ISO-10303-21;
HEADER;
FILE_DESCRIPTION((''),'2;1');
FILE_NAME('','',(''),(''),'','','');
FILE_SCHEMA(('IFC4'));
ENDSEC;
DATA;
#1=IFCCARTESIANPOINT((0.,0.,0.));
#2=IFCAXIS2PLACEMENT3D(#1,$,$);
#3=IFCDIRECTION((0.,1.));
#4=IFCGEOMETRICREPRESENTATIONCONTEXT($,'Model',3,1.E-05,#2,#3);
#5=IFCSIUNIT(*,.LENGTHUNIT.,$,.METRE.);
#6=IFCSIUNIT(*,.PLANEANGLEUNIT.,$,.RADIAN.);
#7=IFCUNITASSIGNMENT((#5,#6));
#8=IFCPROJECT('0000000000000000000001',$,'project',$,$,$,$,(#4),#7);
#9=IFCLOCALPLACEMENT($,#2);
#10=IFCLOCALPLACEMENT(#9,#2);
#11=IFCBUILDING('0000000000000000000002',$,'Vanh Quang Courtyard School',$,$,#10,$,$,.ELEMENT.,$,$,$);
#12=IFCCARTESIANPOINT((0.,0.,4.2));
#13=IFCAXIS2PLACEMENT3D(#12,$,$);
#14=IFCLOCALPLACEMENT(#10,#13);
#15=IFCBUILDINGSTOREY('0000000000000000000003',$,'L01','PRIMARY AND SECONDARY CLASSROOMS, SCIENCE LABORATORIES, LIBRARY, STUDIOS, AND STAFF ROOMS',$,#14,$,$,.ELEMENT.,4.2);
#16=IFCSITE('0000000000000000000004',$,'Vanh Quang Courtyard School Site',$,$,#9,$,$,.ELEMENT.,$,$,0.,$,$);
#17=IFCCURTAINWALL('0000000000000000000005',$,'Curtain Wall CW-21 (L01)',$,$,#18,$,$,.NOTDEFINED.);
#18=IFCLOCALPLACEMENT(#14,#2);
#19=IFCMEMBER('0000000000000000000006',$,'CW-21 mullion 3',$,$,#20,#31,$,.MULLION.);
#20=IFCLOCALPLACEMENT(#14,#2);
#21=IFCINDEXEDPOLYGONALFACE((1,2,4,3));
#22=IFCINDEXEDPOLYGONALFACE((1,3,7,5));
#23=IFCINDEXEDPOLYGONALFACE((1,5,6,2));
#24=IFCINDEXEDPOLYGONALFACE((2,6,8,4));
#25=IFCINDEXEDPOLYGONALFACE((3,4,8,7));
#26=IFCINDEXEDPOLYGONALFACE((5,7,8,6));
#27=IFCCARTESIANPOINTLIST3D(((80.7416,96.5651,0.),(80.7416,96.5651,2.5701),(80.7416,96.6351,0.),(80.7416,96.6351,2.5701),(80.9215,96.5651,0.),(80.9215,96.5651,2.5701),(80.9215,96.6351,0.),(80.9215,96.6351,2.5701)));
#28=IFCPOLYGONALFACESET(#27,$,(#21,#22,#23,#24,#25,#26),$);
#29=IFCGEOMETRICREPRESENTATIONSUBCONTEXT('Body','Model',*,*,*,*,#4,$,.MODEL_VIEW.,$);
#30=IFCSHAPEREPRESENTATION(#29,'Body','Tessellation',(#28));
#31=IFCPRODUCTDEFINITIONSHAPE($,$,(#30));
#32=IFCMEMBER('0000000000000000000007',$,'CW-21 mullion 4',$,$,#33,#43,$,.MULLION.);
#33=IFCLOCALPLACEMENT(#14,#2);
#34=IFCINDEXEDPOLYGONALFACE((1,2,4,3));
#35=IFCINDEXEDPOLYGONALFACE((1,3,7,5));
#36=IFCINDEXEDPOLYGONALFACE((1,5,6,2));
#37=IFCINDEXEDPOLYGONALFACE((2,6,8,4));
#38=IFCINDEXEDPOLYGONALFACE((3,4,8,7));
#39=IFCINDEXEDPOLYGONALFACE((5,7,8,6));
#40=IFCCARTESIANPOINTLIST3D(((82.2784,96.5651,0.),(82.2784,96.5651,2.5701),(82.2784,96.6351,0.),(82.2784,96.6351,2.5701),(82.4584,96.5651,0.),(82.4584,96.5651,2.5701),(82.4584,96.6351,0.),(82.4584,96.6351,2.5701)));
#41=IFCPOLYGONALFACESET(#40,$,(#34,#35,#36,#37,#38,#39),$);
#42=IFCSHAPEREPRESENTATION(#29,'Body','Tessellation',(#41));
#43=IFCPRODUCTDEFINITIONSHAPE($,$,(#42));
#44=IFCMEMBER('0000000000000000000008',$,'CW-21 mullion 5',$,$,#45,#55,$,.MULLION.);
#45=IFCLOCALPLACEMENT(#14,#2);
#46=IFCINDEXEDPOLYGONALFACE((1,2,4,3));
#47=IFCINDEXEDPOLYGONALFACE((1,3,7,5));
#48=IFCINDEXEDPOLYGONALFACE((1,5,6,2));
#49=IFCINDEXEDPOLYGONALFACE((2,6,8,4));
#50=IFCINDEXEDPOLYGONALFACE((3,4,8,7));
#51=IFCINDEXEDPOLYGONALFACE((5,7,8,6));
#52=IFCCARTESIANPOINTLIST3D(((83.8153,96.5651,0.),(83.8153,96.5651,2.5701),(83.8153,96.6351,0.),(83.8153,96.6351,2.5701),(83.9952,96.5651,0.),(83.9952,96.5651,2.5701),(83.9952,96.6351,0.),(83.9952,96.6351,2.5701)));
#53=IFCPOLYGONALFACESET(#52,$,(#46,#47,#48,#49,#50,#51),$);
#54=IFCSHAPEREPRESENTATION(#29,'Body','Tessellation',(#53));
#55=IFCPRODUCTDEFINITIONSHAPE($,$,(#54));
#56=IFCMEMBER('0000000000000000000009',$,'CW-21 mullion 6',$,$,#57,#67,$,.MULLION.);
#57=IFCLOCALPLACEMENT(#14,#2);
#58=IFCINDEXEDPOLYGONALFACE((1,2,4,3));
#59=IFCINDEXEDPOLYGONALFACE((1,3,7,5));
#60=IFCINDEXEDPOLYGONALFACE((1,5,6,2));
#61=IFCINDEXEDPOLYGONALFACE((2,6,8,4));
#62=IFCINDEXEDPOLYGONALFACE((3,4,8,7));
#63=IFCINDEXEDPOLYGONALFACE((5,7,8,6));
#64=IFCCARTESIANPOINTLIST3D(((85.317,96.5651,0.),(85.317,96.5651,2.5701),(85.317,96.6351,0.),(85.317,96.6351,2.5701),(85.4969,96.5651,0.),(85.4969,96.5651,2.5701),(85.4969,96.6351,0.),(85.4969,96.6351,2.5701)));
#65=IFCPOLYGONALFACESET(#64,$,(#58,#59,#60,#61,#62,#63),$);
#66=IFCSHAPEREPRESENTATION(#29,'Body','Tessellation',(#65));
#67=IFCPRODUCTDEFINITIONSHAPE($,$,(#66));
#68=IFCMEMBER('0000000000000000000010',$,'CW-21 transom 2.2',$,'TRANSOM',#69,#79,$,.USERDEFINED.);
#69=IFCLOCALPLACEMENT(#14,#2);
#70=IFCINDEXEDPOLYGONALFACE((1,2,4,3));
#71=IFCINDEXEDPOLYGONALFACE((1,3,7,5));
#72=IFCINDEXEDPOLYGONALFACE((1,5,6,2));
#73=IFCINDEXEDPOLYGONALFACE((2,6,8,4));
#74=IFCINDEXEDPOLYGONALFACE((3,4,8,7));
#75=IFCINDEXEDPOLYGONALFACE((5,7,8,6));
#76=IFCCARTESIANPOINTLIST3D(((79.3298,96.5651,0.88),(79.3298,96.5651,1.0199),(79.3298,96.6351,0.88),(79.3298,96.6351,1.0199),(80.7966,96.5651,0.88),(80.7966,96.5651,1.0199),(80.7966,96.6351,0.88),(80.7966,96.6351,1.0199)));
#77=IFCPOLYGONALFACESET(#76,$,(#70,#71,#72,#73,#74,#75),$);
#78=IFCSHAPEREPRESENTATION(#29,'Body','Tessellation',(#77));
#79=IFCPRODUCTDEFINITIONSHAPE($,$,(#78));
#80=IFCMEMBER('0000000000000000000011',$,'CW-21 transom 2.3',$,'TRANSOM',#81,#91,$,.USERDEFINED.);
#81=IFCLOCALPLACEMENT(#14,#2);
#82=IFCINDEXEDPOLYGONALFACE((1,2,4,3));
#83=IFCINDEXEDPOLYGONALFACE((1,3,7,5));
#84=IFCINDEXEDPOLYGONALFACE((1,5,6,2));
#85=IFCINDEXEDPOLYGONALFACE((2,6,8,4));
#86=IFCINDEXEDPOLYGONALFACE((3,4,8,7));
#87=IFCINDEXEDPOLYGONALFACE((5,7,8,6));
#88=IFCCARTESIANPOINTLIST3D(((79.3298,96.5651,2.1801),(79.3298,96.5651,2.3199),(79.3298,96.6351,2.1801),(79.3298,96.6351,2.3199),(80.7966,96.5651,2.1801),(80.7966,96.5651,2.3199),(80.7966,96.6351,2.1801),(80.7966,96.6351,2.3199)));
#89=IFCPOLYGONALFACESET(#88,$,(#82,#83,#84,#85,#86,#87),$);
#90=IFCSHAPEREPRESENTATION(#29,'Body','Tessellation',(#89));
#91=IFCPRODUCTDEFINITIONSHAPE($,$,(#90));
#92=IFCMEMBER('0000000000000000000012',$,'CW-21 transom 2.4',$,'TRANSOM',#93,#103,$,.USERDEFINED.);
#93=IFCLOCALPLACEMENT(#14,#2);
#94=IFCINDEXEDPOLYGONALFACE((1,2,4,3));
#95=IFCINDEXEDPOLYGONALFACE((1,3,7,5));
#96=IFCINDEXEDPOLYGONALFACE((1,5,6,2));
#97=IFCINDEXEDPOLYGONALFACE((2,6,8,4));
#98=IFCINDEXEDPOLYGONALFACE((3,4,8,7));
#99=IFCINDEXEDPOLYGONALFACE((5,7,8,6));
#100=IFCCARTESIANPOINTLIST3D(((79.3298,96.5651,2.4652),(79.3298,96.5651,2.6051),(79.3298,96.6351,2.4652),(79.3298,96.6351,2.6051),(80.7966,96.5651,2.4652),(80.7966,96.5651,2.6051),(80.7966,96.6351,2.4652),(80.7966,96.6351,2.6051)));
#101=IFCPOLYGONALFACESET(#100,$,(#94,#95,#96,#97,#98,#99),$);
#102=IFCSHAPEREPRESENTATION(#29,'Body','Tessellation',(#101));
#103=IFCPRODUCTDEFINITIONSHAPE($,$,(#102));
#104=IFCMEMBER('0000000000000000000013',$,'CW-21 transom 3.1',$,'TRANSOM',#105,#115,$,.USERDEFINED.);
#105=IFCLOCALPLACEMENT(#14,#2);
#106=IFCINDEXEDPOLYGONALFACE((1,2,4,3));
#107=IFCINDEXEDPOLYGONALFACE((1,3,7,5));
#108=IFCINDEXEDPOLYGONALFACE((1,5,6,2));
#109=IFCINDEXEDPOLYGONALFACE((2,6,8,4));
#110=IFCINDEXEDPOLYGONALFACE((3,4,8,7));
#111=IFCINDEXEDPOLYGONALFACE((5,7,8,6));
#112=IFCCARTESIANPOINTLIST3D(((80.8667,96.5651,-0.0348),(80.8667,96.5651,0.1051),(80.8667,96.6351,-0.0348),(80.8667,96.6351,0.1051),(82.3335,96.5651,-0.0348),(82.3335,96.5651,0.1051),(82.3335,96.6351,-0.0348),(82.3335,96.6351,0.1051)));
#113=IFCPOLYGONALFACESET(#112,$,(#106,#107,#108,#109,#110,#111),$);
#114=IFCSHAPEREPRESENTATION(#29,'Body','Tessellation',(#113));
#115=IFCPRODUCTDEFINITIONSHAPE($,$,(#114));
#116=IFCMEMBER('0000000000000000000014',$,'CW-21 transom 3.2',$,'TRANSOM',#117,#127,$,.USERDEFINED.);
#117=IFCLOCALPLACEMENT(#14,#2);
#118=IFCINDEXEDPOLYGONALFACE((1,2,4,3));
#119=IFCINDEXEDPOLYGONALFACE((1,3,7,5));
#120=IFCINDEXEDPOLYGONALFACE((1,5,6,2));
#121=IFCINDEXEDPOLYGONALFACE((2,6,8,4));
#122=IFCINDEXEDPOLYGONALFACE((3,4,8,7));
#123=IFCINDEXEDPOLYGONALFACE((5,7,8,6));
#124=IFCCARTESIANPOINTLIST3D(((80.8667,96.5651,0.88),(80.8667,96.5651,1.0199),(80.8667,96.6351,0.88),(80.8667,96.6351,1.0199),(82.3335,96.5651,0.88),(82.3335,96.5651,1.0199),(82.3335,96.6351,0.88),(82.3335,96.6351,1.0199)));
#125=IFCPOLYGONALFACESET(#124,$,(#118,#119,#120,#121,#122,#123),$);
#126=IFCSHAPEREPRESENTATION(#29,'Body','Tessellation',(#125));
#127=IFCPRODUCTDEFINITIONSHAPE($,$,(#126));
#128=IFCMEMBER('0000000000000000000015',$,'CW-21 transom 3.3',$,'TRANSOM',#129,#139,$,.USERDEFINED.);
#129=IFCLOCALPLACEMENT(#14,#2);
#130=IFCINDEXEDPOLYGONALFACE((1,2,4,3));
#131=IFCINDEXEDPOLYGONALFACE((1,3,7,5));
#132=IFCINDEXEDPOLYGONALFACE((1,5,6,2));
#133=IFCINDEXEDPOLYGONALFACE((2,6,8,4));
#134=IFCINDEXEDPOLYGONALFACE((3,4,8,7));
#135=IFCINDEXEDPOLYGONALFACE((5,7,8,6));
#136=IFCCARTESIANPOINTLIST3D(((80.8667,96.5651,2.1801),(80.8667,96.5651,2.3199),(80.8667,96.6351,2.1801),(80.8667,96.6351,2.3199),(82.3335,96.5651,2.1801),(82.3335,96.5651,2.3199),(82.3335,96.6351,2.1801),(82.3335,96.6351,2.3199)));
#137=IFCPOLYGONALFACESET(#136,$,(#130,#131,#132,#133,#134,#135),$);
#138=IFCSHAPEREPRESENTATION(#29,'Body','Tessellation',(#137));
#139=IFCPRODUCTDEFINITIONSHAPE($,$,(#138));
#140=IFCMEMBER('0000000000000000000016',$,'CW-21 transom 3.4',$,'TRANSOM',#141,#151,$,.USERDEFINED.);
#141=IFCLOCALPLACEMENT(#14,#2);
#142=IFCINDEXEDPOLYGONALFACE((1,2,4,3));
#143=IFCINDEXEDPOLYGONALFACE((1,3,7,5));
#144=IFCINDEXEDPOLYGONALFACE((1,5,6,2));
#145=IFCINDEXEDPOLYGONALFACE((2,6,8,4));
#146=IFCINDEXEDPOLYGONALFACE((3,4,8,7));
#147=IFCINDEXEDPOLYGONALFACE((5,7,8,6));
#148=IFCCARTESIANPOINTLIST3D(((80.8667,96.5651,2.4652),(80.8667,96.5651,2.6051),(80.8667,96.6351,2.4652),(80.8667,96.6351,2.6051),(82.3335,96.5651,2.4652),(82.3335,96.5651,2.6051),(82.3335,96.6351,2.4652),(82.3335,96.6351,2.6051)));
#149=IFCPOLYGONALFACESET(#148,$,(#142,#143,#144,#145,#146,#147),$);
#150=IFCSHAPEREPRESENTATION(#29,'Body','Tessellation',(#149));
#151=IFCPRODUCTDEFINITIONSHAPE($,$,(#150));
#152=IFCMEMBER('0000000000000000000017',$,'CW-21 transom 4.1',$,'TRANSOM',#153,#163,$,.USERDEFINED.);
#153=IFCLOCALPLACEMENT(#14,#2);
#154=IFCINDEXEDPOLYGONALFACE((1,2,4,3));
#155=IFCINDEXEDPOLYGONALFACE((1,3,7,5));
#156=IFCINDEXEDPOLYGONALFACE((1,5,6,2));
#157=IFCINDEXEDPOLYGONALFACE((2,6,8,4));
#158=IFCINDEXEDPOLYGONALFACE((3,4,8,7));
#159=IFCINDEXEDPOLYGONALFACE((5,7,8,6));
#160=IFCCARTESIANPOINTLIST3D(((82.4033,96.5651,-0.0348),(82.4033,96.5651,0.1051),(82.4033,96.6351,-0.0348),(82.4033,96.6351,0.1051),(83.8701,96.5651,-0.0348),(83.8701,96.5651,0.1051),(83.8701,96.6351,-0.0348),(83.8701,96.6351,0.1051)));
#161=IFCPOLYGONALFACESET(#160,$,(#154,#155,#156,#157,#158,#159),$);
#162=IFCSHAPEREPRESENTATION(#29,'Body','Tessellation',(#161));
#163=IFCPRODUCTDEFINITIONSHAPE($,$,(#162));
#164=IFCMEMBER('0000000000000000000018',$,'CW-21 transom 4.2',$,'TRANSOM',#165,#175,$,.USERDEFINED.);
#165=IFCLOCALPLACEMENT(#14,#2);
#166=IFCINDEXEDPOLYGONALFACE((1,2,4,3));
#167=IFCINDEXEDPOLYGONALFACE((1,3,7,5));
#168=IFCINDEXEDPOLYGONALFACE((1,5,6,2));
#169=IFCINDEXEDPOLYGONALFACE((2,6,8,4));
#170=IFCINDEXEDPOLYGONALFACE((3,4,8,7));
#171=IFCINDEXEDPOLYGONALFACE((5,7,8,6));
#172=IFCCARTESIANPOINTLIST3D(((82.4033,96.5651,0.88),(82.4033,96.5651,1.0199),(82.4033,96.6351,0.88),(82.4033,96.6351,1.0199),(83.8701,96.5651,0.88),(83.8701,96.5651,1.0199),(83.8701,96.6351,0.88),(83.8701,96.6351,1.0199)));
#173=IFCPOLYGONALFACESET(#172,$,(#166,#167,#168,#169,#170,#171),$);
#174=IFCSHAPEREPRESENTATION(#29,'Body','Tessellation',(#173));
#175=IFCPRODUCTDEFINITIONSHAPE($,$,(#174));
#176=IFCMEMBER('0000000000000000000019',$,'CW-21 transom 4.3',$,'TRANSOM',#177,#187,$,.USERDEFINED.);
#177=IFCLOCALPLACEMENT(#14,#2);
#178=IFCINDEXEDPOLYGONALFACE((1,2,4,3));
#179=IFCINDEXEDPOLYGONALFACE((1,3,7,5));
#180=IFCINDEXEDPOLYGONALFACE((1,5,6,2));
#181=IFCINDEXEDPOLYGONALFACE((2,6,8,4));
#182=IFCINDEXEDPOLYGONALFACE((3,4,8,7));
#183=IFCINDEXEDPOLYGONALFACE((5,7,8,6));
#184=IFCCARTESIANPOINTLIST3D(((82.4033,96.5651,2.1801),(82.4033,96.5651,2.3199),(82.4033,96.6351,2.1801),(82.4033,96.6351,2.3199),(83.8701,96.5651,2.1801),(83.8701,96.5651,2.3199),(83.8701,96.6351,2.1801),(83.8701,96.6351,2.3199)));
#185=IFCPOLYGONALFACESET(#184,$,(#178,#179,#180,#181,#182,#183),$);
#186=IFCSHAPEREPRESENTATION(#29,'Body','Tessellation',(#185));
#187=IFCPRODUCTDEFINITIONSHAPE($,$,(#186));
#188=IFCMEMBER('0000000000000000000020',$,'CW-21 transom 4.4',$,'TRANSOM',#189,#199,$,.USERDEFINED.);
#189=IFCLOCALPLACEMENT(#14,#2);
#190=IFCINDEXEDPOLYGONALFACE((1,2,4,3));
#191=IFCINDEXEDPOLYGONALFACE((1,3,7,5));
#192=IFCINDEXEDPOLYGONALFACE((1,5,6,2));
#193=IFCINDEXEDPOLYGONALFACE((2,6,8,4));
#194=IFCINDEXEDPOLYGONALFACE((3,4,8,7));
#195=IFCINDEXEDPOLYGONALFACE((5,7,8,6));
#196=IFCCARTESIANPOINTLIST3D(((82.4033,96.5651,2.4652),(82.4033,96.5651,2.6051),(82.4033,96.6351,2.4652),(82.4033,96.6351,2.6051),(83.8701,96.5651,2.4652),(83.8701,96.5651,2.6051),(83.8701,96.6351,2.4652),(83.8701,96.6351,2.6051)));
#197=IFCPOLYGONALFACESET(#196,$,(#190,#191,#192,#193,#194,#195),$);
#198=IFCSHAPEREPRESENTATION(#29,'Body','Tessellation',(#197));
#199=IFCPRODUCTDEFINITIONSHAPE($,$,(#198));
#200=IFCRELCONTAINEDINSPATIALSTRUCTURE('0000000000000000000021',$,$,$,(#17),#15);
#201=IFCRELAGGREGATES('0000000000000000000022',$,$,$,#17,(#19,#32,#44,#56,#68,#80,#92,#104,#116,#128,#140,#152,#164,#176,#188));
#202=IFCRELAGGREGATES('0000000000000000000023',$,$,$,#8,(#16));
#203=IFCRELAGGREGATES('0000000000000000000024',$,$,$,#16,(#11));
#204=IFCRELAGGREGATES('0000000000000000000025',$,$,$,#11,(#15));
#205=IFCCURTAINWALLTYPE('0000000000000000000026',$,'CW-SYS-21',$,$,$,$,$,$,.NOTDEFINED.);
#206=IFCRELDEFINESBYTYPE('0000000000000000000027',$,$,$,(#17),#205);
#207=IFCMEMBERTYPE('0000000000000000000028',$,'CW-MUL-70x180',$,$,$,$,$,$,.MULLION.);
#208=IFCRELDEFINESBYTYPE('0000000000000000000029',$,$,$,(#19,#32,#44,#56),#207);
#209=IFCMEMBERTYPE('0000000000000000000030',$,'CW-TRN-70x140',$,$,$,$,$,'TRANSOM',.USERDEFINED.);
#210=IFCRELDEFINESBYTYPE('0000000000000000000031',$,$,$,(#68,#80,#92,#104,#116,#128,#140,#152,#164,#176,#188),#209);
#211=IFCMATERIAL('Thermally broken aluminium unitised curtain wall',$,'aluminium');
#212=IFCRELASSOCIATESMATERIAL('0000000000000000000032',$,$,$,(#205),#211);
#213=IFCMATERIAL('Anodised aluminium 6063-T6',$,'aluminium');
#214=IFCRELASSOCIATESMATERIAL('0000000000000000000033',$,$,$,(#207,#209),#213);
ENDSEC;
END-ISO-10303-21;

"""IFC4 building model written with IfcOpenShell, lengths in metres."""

from ifc_helpers import new_model, si_unit, direction, frame, origin, origin_2d, place, context, subcontext, project, spatial, rectangle, extrude, material, material_profile, profile_set, type_object, element, aggregate, save


model = new_model("IFC4")

# Units and contexts
model_context = context("Model", 3, precision=1e-05, world=origin(), true_north=direction((0.0, 1.0)))
body_context = subcontext(model_context, "Body", "Model", "MODEL_VIEW")
ifc_project = project(units=[si_unit("LENGTHUNIT", "METRE"), si_unit("PLANEANGLEUNIT", "RADIAN")], contexts=[model_context])

# Site, building, storey
site_placement = place(None, origin())
site = spatial("IfcSite", under=ifc_project, at=site_placement, Name="Vanh Quang Courtyard School Site", CompositionType="ELEMENT", RefElevation=0.0)
building_placement = place(site_placement, origin())
building = spatial("IfcBuilding", under=site, at=building_placement, Name="Vanh Quang Courtyard School", CompositionType="ELEMENT")
storey_placement = place(building_placement, frame((0.0, 0.0, 4.2)))
storey = spatial("IfcBuildingStorey", under=building, at=storey_placement, Name="L01", Description="PRIMARY AND SECONDARY CLASSROOMS, SCIENCE LABORATORIES, LIBRARY, STUDIOS, AND STAFF ROOMS", CompositionType="ELEMENT", Elevation=4.2)

# Curtain wall, members
ifc_material_1 = material(Name="Thermally broken aluminium unitised curtain wall", Category="aluminium")
curtain_wall_type = type_object("IfcCurtainWallType", Name="CW-SYS-21", PredefinedType="NOTDEFINED", material=ifc_material_1)
curtain_wall_placement = place(storey_placement, origin())
curtain_wall = element("IfcCurtainWall", 1, at=curtain_wall_placement, inside=storey, type_object=curtain_wall_type, Name="Curtain Wall CW-21 (L01)", PredefinedType="NOTDEFINED")
ifc_material_2 = material(Name="Anodised aluminium 6063-T6", Category="aluminium")
ifc_material_profile_1 = material_profile(ifc_material_2, rectangle(XDim=0.0701, YDim=0.1799, at=origin_2d()), Name="ALU-MUL 70x180")
ifc_profile_set_1 = profile_set([ifc_material_profile_1], Name="Anodised aluminium 6063-T6")
member_type_1 = type_object("IfcMemberType", Name="CW-MUL-70x180", PredefinedType="MULLION", material=ifc_profile_set_1)
member_1_placement = place(storey_placement, frame((80.8315, 96.6001, 0.0), z_axis=(0.0, 0.0, 1.0), x_axis=(0.0, 1.0, 0.0)))
member_1 = element("IfcMember", 2, at=member_1_placement, type_object=member_type_1, Name="CW-21 mullion 3", PredefinedType="MULLION", context=body_context, shape_type="SweptSolid", body=[
    extrude(rectangle(XDim=0.0701, YDim=0.1799, at=origin_2d()), origin(), (0.0, 0.0, 1.0), 2.5701),
])
member_2_placement = place(storey_placement, frame((82.3684, 96.6001, 0.0), z_axis=(0.0, 0.0, 1.0), x_axis=(0.0, 1.0, 0.0)))
member_2 = element("IfcMember", 3, at=member_2_placement, type_object=member_type_1, Name="CW-21 mullion 4", PredefinedType="MULLION", context=body_context, shape_type="SweptSolid", body=[
    extrude(rectangle(XDim=0.0701, YDim=0.1799, at=origin_2d()), origin(), (0.0, 0.0, 1.0), 2.5701),
])
member_3_placement = place(storey_placement, frame((83.9053, 96.6001, 0.0), z_axis=(0.0, 0.0, 1.0), x_axis=(0.0, 1.0, 0.0)))
member_3 = element("IfcMember", 4, at=member_3_placement, type_object=member_type_1, Name="CW-21 mullion 5", PredefinedType="MULLION", context=body_context, shape_type="SweptSolid", body=[
    extrude(rectangle(XDim=0.0701, YDim=0.1799, at=origin_2d()), origin(), (0.0, 0.0, 1.0), 2.5701),
])
member_4_placement = place(storey_placement, frame((85.407, 96.6001, 0.0), z_axis=(0.0, 0.0, 1.0), x_axis=(0.0, 1.0, 0.0)))
member_4 = element("IfcMember", 5, at=member_4_placement, type_object=member_type_1, Name="CW-21 mullion 6", PredefinedType="MULLION", context=body_context, shape_type="SweptSolid", body=[
    extrude(rectangle(XDim=0.0701, YDim=0.1799, at=origin_2d()), origin(), (0.0, 0.0, 1.0), 2.5701),
])
ifc_material_profile_2 = material_profile(ifc_material_2, rectangle(XDim=0.0701, YDim=0.1399, at=origin_2d()), Name="ALU-TRN 70x140")
ifc_profile_set_2 = profile_set([ifc_material_profile_2], Name="Anodised aluminium 6063-T6")
member_type_2 = type_object("IfcMemberType", Name="CW-TRN-70x140", ElementType="TRANSOM", PredefinedType="USERDEFINED", material=ifc_profile_set_2)
member_5_placement = place(storey_placement, frame((79.3298, 96.6001, 0.95), z_axis=(1.0, 0.0, 0.0), x_axis=(0.0, 1.0, 0.0)))
member_5 = element("IfcMember", 6, at=member_5_placement, type_object=member_type_2, Name="CW-21 transom 2.2", ObjectType="TRANSOM", PredefinedType="USERDEFINED", context=body_context, shape_type="SweptSolid", body=[
    extrude(rectangle(XDim=0.0701, YDim=0.1399, at=origin_2d()), origin(), (0.0, 0.0, 1.0), 1.4668),
])
member_6_placement = place(storey_placement, frame((79.3298, 96.6001, 2.25), z_axis=(1.0, 0.0, 0.0), x_axis=(0.0, 1.0, 0.0)))
member_6 = element("IfcMember", 7, at=member_6_placement, type_object=member_type_2, Name="CW-21 transom 2.3", ObjectType="TRANSOM", PredefinedType="USERDEFINED", context=body_context, shape_type="SweptSolid", body=[
    extrude(rectangle(XDim=0.0701, YDim=0.1399, at=origin_2d()), origin(), (0.0, 0.0, 1.0), 1.4668),
])
member_7_placement = place(storey_placement, frame((79.3298, 96.6001, 2.5352), z_axis=(1.0, 0.0, 0.0), x_axis=(0.0, 1.0, 0.0)))
member_7 = element("IfcMember", 8, at=member_7_placement, type_object=member_type_2, Name="CW-21 transom 2.4", ObjectType="TRANSOM", PredefinedType="USERDEFINED", context=body_context, shape_type="SweptSolid", body=[
    extrude(rectangle(XDim=0.0701, YDim=0.1399, at=origin_2d()), origin(), (0.0, 0.0, 1.0), 1.4668),
])
member_8_placement = place(storey_placement, frame((80.8667, 96.6001, 0.0352), z_axis=(1.0, 0.0, 0.0), x_axis=(0.0, 1.0, 0.0)))
member_8 = element("IfcMember", 9, at=member_8_placement, type_object=member_type_2, Name="CW-21 transom 3.1", ObjectType="TRANSOM", PredefinedType="USERDEFINED", context=body_context, shape_type="SweptSolid", body=[
    extrude(rectangle(XDim=0.0701, YDim=0.1399, at=origin_2d()), origin(), (0.0, 0.0, 1.0), 1.4668),
])
member_9_placement = place(storey_placement, frame((80.8667, 96.6001, 0.95), z_axis=(1.0, 0.0, 0.0), x_axis=(0.0, 1.0, 0.0)))
member_9 = element("IfcMember", 10, at=member_9_placement, type_object=member_type_2, Name="CW-21 transom 3.2", ObjectType="TRANSOM", PredefinedType="USERDEFINED", context=body_context, shape_type="SweptSolid", body=[
    extrude(rectangle(XDim=0.0701, YDim=0.1399, at=origin_2d()), origin(), (0.0, 0.0, 1.0), 1.4668),
])
member_10_placement = place(storey_placement, frame((80.8667, 96.6001, 2.25), z_axis=(1.0, 0.0, 0.0), x_axis=(0.0, 1.0, 0.0)))
member_10 = element("IfcMember", 11, at=member_10_placement, type_object=member_type_2, Name="CW-21 transom 3.3", ObjectType="TRANSOM", PredefinedType="USERDEFINED", context=body_context, shape_type="SweptSolid", body=[
    extrude(rectangle(XDim=0.0701, YDim=0.1399, at=origin_2d()), origin(), (0.0, 0.0, 1.0), 1.4668),
])
member_11_placement = place(storey_placement, frame((80.8667, 96.6001, 2.5352), z_axis=(1.0, 0.0, 0.0), x_axis=(0.0, 1.0, 0.0)))
member_11 = element("IfcMember", 12, at=member_11_placement, type_object=member_type_2, Name="CW-21 transom 3.4", ObjectType="TRANSOM", PredefinedType="USERDEFINED", context=body_context, shape_type="SweptSolid", body=[
    extrude(rectangle(XDim=0.0701, YDim=0.1399, at=origin_2d()), origin(), (0.0, 0.0, 1.0), 1.4668),
])
member_12_placement = place(storey_placement, frame((82.4033, 96.6001, 0.0352), z_axis=(1.0, 0.0, 0.0), x_axis=(0.0, 1.0, 0.0)))
member_12 = element("IfcMember", 13, at=member_12_placement, type_object=member_type_2, Name="CW-21 transom 4.1", ObjectType="TRANSOM", PredefinedType="USERDEFINED", context=body_context, shape_type="SweptSolid", body=[
    extrude(rectangle(XDim=0.0701, YDim=0.1399, at=origin_2d()), origin(), (0.0, 0.0, 1.0), 1.4668),
])
member_13_placement = place(storey_placement, frame((82.4033, 96.6001, 0.95), z_axis=(1.0, 0.0, 0.0), x_axis=(0.0, 1.0, 0.0)))
member_13 = element("IfcMember", 14, at=member_13_placement, type_object=member_type_2, Name="CW-21 transom 4.2", ObjectType="TRANSOM", PredefinedType="USERDEFINED", context=body_context, shape_type="SweptSolid", body=[
    extrude(rectangle(XDim=0.0701, YDim=0.1399, at=origin_2d()), origin(), (0.0, 0.0, 1.0), 1.4668),
])
member_14_placement = place(storey_placement, frame((82.4033, 96.6001, 2.25), z_axis=(1.0, 0.0, 0.0), x_axis=(0.0, 1.0, 0.0)))
member_14 = element("IfcMember", 15, at=member_14_placement, type_object=member_type_2, Name="CW-21 transom 4.3", ObjectType="TRANSOM", PredefinedType="USERDEFINED", context=body_context, shape_type="SweptSolid", body=[
    extrude(rectangle(XDim=0.0701, YDim=0.1399, at=origin_2d()), origin(), (0.0, 0.0, 1.0), 1.4668),
])
member_15_placement = place(storey_placement, frame((82.4033, 96.6001, 2.5352), z_axis=(1.0, 0.0, 0.0), x_axis=(0.0, 1.0, 0.0)))
member_15 = element("IfcMember", 16, at=member_15_placement, type_object=member_type_2, Name="CW-21 transom 4.4", ObjectType="TRANSOM", PredefinedType="USERDEFINED", context=body_context, shape_type="SweptSolid", body=[
    extrude(rectangle(XDim=0.0701, YDim=0.1399, at=origin_2d()), origin(), (0.0, 0.0, 1.0), 1.4668),
])
aggregate(curtain_wall, [member_1, member_2, member_3, member_4, member_5, member_6, member_7, member_8, member_9, member_10, member_11, member_12, member_13, member_14, member_15])

save(model, "model.ifc")
